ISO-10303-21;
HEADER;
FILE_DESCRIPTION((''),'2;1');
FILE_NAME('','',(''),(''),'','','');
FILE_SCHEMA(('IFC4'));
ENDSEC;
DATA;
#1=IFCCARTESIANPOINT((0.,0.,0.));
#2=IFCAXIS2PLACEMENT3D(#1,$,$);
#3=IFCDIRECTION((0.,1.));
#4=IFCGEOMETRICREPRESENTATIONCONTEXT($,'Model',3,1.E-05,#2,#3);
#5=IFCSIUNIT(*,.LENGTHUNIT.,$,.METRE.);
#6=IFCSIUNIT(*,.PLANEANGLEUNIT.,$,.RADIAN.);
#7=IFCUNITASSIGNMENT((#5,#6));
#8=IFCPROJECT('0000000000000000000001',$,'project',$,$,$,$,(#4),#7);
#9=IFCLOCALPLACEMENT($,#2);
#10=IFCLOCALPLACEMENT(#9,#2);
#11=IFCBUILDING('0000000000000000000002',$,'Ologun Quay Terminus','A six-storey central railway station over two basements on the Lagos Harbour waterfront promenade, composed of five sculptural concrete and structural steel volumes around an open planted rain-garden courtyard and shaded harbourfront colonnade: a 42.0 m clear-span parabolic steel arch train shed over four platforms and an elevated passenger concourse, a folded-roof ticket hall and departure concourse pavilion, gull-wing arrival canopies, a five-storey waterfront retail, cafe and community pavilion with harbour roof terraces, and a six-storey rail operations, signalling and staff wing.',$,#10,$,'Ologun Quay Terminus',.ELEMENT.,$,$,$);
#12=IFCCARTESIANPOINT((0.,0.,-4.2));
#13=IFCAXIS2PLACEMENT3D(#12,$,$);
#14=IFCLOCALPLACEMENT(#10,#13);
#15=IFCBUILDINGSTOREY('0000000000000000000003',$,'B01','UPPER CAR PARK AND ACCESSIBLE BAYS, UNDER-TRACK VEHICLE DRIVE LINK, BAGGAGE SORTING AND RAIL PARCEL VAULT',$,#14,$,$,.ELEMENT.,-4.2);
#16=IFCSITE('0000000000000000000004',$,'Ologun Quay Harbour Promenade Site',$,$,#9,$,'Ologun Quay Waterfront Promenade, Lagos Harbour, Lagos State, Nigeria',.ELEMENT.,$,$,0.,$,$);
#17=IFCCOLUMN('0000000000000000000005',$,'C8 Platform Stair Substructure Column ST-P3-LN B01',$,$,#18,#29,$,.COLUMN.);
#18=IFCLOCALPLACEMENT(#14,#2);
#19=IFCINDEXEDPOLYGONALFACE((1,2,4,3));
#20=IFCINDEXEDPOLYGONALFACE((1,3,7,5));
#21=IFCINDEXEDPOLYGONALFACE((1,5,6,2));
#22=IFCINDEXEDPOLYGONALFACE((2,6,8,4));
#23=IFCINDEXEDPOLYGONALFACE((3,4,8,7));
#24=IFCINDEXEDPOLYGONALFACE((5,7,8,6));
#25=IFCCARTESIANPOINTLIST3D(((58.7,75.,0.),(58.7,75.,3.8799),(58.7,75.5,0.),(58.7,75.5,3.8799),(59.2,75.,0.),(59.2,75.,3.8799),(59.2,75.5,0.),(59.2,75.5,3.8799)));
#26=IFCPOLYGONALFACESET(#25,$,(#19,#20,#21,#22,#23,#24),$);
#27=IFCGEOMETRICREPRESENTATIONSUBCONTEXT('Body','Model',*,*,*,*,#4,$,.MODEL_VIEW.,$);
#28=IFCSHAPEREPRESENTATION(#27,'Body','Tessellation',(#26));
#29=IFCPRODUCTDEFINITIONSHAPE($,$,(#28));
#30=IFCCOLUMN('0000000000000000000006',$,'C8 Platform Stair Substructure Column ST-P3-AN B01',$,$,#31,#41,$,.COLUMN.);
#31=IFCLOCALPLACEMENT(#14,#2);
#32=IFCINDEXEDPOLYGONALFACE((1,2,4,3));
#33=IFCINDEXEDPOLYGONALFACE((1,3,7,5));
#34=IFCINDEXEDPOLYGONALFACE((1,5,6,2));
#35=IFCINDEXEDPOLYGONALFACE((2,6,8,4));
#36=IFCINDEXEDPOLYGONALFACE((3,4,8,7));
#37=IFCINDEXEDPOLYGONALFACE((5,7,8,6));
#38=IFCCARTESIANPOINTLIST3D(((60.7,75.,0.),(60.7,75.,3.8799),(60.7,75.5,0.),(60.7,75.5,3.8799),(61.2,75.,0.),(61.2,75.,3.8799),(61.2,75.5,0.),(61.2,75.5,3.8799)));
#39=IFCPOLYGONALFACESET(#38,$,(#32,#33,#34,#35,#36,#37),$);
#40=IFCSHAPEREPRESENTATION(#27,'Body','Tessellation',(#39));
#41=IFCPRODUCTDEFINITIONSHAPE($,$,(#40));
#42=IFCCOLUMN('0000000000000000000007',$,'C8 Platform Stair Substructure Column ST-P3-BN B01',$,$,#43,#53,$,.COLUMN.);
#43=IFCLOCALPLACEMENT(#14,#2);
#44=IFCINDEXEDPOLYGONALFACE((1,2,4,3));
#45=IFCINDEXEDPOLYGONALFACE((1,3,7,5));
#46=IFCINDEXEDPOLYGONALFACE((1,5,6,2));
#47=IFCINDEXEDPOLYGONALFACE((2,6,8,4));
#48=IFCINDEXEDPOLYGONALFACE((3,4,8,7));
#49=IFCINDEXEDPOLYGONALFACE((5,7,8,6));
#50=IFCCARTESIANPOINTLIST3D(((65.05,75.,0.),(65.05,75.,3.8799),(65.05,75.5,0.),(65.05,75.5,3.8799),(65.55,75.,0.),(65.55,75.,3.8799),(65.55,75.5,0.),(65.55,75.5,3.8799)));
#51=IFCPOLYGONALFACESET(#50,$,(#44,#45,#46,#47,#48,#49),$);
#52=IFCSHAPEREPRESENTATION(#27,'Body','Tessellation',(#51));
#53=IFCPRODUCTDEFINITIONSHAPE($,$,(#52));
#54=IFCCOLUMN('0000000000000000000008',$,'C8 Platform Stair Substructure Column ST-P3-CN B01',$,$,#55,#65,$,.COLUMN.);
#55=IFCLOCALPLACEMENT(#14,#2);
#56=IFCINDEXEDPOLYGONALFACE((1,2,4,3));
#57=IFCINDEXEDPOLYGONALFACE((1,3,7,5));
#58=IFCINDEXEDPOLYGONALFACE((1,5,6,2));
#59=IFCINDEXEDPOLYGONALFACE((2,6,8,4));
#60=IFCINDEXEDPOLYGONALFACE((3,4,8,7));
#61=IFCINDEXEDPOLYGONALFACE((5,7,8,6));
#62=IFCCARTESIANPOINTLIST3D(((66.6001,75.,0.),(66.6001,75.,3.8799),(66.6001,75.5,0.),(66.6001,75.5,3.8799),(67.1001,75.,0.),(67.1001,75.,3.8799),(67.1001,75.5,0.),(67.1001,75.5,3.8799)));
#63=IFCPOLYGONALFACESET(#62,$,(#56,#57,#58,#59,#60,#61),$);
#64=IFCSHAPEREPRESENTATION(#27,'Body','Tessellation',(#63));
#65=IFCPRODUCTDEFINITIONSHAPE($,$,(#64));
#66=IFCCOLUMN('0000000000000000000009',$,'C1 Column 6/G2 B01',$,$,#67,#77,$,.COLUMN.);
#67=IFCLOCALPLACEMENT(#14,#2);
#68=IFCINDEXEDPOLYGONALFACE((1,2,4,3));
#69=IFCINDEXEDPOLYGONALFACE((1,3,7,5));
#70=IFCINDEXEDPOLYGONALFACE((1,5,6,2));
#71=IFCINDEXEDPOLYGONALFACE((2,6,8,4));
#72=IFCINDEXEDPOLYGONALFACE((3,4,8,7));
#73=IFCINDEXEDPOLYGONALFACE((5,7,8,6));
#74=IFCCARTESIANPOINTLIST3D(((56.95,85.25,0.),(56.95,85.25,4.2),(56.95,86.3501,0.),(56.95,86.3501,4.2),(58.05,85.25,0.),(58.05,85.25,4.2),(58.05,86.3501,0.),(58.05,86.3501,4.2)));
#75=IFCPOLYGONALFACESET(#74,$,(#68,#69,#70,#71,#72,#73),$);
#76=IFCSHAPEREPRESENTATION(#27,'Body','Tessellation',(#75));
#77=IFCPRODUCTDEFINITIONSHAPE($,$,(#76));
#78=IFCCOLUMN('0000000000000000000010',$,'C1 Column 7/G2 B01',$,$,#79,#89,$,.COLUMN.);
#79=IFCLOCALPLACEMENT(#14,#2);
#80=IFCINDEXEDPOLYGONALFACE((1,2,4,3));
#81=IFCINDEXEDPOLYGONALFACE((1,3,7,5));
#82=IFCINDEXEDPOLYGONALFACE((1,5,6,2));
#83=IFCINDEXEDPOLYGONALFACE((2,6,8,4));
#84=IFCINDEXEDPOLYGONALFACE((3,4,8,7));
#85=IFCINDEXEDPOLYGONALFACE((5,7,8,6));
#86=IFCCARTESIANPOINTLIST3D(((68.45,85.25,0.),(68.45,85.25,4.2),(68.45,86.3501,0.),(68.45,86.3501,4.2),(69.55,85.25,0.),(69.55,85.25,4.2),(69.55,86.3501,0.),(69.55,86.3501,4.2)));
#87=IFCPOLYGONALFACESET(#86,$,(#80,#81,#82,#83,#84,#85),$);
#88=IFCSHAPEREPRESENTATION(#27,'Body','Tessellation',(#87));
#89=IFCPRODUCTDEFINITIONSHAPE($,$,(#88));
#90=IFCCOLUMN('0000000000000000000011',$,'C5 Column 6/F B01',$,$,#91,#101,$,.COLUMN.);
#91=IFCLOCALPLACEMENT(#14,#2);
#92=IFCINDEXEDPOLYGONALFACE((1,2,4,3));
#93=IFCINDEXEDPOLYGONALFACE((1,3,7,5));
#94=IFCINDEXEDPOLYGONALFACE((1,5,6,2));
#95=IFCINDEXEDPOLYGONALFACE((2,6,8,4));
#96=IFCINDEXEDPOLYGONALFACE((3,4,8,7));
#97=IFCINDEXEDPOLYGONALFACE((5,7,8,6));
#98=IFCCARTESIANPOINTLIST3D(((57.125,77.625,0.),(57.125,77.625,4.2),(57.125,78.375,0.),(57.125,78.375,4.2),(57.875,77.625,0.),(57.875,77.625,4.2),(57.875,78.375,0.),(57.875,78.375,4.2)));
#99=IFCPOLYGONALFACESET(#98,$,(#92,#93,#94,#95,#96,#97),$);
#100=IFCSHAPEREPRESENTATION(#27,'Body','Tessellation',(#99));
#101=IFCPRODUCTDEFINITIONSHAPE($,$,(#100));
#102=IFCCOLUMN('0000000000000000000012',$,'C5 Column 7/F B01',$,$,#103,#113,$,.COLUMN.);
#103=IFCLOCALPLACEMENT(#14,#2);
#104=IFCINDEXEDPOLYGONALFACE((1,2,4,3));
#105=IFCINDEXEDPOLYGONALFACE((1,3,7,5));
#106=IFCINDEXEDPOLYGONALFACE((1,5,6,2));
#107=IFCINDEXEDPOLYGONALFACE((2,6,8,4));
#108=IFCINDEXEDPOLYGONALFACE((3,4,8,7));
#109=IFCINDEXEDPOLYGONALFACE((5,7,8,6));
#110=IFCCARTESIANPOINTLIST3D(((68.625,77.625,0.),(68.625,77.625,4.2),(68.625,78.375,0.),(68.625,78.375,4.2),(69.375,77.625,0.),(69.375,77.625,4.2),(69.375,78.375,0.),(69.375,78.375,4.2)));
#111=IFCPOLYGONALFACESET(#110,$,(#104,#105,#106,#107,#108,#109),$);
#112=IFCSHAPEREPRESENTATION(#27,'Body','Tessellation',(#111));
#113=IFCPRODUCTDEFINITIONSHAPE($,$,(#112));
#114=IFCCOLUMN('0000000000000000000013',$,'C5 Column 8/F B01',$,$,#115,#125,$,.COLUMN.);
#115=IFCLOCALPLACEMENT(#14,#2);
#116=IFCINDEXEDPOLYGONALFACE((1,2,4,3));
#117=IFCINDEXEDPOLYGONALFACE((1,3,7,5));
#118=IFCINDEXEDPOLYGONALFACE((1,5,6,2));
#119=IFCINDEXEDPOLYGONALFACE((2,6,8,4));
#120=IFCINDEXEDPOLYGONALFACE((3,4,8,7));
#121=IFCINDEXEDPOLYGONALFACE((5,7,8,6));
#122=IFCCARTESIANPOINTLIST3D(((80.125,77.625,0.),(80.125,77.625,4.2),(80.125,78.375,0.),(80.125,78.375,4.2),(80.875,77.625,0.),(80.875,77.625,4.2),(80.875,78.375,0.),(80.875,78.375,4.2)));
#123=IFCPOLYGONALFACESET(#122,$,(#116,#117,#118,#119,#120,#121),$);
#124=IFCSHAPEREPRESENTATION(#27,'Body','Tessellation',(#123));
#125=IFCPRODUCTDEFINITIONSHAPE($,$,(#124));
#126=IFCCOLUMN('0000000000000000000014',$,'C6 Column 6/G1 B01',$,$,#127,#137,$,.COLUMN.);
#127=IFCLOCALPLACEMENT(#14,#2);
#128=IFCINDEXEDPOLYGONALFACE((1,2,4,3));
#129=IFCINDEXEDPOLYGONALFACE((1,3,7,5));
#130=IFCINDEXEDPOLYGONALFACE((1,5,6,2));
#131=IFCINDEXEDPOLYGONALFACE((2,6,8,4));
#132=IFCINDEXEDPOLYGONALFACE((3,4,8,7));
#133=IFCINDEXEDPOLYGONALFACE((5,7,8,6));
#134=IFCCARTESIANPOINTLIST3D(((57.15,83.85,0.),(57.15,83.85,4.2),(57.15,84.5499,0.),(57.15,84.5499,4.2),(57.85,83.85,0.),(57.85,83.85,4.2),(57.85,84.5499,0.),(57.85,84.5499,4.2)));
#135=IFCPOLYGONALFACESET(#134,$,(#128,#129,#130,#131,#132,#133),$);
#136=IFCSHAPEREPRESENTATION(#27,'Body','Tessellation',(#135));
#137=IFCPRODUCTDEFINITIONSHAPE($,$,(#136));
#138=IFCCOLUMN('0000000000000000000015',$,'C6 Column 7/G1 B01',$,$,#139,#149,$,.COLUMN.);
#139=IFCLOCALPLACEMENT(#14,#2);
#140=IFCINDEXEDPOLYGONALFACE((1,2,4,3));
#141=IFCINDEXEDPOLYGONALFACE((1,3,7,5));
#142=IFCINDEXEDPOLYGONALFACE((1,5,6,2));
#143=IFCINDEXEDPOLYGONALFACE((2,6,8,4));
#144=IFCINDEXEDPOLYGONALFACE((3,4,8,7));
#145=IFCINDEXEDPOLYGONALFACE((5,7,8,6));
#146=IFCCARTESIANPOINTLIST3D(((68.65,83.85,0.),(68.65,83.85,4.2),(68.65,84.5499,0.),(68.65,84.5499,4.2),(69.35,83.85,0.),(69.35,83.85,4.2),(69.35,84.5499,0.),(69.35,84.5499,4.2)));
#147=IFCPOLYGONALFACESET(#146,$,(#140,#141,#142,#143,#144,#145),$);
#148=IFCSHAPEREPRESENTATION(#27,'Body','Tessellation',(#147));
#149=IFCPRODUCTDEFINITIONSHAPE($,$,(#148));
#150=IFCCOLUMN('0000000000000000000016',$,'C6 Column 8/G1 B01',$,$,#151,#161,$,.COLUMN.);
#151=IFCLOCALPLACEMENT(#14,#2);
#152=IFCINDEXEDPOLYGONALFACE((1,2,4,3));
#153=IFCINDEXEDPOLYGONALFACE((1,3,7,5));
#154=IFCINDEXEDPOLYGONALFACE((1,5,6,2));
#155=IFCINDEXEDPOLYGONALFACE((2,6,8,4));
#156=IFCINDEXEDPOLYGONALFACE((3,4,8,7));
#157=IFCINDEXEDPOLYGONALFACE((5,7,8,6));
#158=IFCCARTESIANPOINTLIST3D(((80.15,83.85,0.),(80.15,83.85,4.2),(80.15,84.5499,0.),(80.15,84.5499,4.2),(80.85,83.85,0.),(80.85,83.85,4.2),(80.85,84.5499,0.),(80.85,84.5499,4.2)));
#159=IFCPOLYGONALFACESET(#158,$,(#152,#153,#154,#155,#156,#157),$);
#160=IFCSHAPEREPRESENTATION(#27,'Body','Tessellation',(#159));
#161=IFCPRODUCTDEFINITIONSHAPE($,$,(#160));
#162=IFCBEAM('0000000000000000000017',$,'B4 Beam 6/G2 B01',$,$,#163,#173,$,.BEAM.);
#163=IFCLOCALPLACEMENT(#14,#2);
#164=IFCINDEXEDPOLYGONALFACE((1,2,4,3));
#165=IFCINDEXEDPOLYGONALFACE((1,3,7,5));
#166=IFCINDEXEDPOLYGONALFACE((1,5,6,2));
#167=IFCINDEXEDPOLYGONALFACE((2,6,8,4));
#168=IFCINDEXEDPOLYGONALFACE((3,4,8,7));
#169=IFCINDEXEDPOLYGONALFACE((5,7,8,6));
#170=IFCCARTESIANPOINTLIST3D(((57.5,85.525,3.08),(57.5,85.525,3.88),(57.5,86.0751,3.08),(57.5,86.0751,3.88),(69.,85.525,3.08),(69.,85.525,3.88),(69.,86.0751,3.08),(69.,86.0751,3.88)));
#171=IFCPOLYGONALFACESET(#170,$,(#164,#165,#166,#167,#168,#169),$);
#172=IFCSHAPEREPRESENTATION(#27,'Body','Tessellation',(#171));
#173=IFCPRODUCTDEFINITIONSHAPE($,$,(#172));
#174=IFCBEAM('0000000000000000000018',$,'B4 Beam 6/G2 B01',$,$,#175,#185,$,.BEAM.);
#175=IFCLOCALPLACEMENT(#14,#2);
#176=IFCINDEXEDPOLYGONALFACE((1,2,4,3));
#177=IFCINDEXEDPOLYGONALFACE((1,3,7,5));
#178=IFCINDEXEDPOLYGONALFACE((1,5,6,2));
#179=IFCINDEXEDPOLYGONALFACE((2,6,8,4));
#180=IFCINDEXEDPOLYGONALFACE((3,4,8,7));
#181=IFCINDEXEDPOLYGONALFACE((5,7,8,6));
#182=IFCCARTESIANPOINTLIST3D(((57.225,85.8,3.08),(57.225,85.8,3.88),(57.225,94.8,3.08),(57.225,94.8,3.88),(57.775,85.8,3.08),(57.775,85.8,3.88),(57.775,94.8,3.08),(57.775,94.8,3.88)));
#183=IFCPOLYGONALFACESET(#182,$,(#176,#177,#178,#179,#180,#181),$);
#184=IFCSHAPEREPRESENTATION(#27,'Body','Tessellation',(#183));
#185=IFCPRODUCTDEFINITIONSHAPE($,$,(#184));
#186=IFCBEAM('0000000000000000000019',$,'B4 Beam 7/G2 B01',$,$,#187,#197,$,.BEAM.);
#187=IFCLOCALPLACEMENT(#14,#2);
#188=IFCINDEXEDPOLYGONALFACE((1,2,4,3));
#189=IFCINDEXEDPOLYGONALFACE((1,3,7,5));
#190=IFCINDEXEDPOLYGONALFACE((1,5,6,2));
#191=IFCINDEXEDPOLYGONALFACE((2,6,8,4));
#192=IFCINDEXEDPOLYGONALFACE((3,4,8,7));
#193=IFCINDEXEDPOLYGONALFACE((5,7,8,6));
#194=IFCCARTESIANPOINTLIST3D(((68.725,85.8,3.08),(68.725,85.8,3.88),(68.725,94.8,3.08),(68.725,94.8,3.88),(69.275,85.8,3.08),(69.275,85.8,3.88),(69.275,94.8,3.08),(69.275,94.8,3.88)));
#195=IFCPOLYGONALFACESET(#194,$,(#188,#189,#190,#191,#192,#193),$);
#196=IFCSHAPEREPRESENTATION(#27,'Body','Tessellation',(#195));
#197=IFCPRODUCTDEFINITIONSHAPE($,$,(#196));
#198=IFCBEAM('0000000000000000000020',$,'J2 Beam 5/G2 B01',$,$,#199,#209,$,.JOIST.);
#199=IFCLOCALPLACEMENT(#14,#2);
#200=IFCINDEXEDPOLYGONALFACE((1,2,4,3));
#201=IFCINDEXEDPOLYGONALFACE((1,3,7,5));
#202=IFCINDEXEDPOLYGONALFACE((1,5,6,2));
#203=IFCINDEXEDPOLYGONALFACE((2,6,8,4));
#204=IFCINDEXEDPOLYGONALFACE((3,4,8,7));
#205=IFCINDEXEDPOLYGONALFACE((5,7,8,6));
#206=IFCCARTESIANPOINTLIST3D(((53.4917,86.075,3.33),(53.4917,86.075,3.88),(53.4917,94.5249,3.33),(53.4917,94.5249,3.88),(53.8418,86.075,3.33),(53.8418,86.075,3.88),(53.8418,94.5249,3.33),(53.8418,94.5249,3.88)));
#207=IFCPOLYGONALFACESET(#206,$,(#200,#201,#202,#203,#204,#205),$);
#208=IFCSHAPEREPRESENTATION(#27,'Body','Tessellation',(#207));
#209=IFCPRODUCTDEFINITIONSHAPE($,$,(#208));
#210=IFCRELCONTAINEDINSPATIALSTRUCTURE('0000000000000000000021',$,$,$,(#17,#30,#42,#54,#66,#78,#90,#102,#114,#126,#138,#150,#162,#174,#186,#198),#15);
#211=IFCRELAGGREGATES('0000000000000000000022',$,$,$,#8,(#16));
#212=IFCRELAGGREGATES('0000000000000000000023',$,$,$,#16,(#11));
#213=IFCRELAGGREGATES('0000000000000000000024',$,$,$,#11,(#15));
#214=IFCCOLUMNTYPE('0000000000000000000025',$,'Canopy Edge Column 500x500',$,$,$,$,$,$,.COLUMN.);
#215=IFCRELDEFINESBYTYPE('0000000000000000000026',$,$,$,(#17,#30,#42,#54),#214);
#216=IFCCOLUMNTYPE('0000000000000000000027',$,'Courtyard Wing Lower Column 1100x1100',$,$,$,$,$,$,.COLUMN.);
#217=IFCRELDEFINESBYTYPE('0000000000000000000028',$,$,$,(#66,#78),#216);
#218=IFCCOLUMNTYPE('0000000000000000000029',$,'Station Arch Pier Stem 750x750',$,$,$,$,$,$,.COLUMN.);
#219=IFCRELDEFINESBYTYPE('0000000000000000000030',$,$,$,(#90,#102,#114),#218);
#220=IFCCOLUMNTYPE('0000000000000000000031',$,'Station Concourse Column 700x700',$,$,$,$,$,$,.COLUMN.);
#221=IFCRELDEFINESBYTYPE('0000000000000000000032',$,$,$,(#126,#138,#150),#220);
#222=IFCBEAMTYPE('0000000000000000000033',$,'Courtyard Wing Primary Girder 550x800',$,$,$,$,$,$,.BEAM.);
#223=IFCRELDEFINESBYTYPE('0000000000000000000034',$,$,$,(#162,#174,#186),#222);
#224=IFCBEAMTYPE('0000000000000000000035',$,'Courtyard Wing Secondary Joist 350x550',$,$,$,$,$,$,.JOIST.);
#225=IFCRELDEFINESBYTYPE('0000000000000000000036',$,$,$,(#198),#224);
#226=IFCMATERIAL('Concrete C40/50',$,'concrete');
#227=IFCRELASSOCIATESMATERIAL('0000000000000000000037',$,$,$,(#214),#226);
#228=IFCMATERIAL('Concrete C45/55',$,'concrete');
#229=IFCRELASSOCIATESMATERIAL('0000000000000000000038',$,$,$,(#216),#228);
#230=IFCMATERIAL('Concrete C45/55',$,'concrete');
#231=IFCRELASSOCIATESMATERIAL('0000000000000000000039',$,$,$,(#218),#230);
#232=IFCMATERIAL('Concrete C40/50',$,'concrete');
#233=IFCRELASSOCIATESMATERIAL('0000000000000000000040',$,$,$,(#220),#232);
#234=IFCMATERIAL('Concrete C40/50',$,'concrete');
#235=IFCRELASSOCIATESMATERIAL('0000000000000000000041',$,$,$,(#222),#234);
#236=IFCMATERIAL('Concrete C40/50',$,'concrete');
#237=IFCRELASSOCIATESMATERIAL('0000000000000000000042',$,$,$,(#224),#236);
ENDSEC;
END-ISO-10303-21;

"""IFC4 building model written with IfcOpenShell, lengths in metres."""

from ifc_helpers import new_model, si_unit, direction, frame, origin, origin_2d, place, context, subcontext, project, spatial, rectangle, extrude, material, material_profile, profile_set, type_object, element, save


model = new_model("IFC4")

# Units and contexts
model_context = context("Model", 3, precision=1e-05, world=origin(), true_north=direction((0.0, 1.0)))
body_context = subcontext(model_context, "Body", "Model", "MODEL_VIEW")
ifc_project = project(units=[si_unit("LENGTHUNIT", "METRE"), si_unit("PLANEANGLEUNIT", "RADIAN")], contexts=[model_context])

# Site, building, storey
site_placement = place(None, origin())
site = spatial("IfcSite", under=ifc_project, at=site_placement, Name="Ologun Quay Harbour Promenade Site", LongName="Ologun Quay Waterfront Promenade, Lagos Harbour, Lagos State, Nigeria", CompositionType="ELEMENT", RefElevation=0.0)
building_placement = place(site_placement, origin())
building = spatial("IfcBuilding", under=site, at=building_placement, Name="Ologun Quay Terminus", Description="A six-storey central railway station over two basements on the Lagos Harbour waterfront promenade, composed of five sculptural concrete and structural steel volumes around an open planted rain-garden courtyard and shaded harbourfront colonnade: a 42.0 m clear-span parabolic steel arch train shed over four platforms and an elevated passenger concourse, a folded-roof ticket hall and departure concourse pavilion, gull-wing arrival canopies, a five-storey waterfront retail, cafe and community pavilion with harbour roof terraces, and a six-storey rail operations, signalling and staff wing.", LongName="Ologun Quay Terminus", CompositionType="ELEMENT")
storey_placement = place(building_placement, frame((0.0, 0.0, -4.2)))
storey = spatial("IfcBuildingStorey", under=building, at=storey_placement, Name="B01", Description="UPPER CAR PARK AND ACCESSIBLE BAYS, UNDER-TRACK VEHICLE DRIVE LINK, BAGGAGE SORTING AND RAIL PARCEL VAULT", CompositionType="ELEMENT", Elevation=-4.2)

# Columns
ifc_material_1 = material(Name="Concrete C40/50", Category="concrete")
ifc_material_profile_1 = material_profile(ifc_material_1, rectangle(XDim=0.5, YDim=0.5, at=origin_2d()), Name="RC 500x500")
ifc_profile_set_1 = profile_set([ifc_material_profile_1], Name="Concrete C40/50")
column_type_1 = type_object("IfcColumnType", Name="Canopy Edge Column 500x500", PredefinedType="COLUMN", material=ifc_profile_set_1)
for number, where, z_axis, x_axis, name in (
    (1, (58.95, 75.25, 0.0), (0.0, 0.0, 1.0), (1.0, 0.0, 0.0), "C8 Platform Stair Substructure Column ST-P3-LN B01"),
    (2, (60.95, 75.25, 0.0), (0.0, 0.0, 1.0), (1.0, 0.0, 0.0), "C8 Platform Stair Substructure Column ST-P3-AN B01"),
    (3, (65.3, 75.25, 0.0), (0.0, 0.0, 1.0), (1.0, 0.0, 0.0), "C8 Platform Stair Substructure Column ST-P3-BN B01"),
    (4, (66.8501, 75.25, 0.0), (0.0, 0.0, 1.0), (1.0, 0.0, 0.0), "C8 Platform Stair Substructure Column ST-P3-CN B01"),
):
    element("IfcColumn", number, at=place(storey_placement, frame(where, z_axis=z_axis, x_axis=x_axis)), inside=storey, type_object=column_type_1, Name=name, PredefinedType="COLUMN", context=body_context, shape_type="SweptSolid", body=[
        extrude(rectangle(XDim=0.5, YDim=0.5, at=origin_2d()), origin(), (0.0, 0.0, 1.0), 3.8799),
    ])
ifc_material_2 = material(Name="Concrete C45/55", Category="concrete")
ifc_material_profile_2 = material_profile(ifc_material_2, rectangle(XDim=1.1001, YDim=1.1001, at=origin_2d()), Name="RC 1100x1100")
ifc_profile_set_2 = profile_set([ifc_material_profile_2], Name="Concrete C45/55")
column_type_2 = type_object("IfcColumnType", Name="Courtyard Wing Lower Column 1100x1100", PredefinedType="COLUMN", material=ifc_profile_set_2)
for number, where, z_axis, x_axis, name in (
    (5, (57.5, 85.8, 0.0), (0.0, 0.0, 1.0), (1.0, 0.0, 0.0), "C1 Column 6/G2 B01"),
    (6, (69.0, 85.8, 0.0), (0.0, 0.0, 1.0), (1.0, 0.0, 0.0), "C1 Column 7/G2 B01"),
):
    element("IfcColumn", number, at=place(storey_placement, frame(where, z_axis=z_axis, x_axis=x_axis)), inside=storey, type_object=column_type_2, Name=name, PredefinedType="COLUMN", context=body_context, shape_type="SweptSolid", body=[
        extrude(rectangle(XDim=1.1001, YDim=1.1001, at=origin_2d()), origin(), (0.0, 0.0, 1.0), 4.2),
    ])
ifc_material_3 = material(Name="Concrete C45/55", Category="concrete")
ifc_material_profile_3 = material_profile(ifc_material_3, rectangle(XDim=0.75, YDim=0.75, at=origin_2d()), Name="RC 750x750")
ifc_profile_set_3 = profile_set([ifc_material_profile_3], Name="Concrete C45/55")
column_type_3 = type_object("IfcColumnType", Name="Station Arch Pier Stem 750x750", PredefinedType="COLUMN", material=ifc_profile_set_3)
for number, where, z_axis, x_axis, name in (
    (7, (57.5, 78.0, 0.0), (0.0, 0.0, 1.0), (1.0, 0.0, 0.0), "C5 Column 6/F B01"),
    (8, (69.0, 78.0, 0.0), (0.0, 0.0, 1.0), (1.0, 0.0, 0.0), "C5 Column 7/F B01"),
    (9, (80.5, 78.0, 0.0), (0.0, 0.0, 1.0), (1.0, 0.0, 0.0), "C5 Column 8/F B01"),
):
    element("IfcColumn", number, at=place(storey_placement, frame(where, z_axis=z_axis, x_axis=x_axis)), inside=storey, type_object=column_type_3, Name=name, PredefinedType="COLUMN", context=body_context, shape_type="SweptSolid", body=[
        extrude(rectangle(XDim=0.75, YDim=0.75, at=origin_2d()), origin(), (0.0, 0.0, 1.0), 4.2),
    ])
ifc_material_4 = material(Name="Concrete C40/50", Category="concrete")
ifc_material_profile_4 = material_profile(ifc_material_4, rectangle(XDim=0.7, YDim=0.7, at=origin_2d()), Name="RC 700x700")
ifc_profile_set_4 = profile_set([ifc_material_profile_4], Name="Concrete C40/50")
column_type_4 = type_object("IfcColumnType", Name="Station Concourse Column 700x700", PredefinedType="COLUMN", material=ifc_profile_set_4)
for number, where, z_axis, x_axis, name in (
    (10, (57.5, 84.2, 0.0), (0.0, 0.0, 1.0), (1.0, 0.0, 0.0), "C6 Column 6/G1 B01"),
    (11, (69.0, 84.2, 0.0), (0.0, 0.0, 1.0), (1.0, 0.0, 0.0), "C6 Column 7/G1 B01"),
    (12, (80.5, 84.2, 0.0), (0.0, 0.0, 1.0), (1.0, 0.0, 0.0), "C6 Column 8/G1 B01"),
):
    element("IfcColumn", number, at=place(storey_placement, frame(where, z_axis=z_axis, x_axis=x_axis)), inside=storey, type_object=column_type_4, Name=name, PredefinedType="COLUMN", context=body_context, shape_type="SweptSolid", body=[
        extrude(rectangle(XDim=0.7, YDim=0.7, at=origin_2d()), origin(), (0.0, 0.0, 1.0), 4.2),
    ])

# Beams
ifc_material_5 = material(Name="Concrete C40/50", Category="concrete")
ifc_material_profile_5 = material_profile(ifc_material_5, rectangle(XDim=0.55, YDim=0.8, at=origin_2d()), Name="RC 550x800")
ifc_profile_set_5 = profile_set([ifc_material_profile_5], Name="Concrete C40/50")
beam_type_1 = type_object("IfcBeamType", Name="Courtyard Wing Primary Girder 550x800", PredefinedType="BEAM", material=ifc_profile_set_5)
beam_1_placement = place(storey_placement, frame((57.5, 85.8, 3.48), z_axis=(1.0, 0.0, 0.0), x_axis=(0.0, 1.0, 0.0)))
element("IfcBeam", 13, at=beam_1_placement, inside=storey, type_object=beam_type_1, Name="B4 Beam 6/G2 B01", PredefinedType="BEAM", context=body_context, shape_type="SweptSolid", body=[
    extrude(rectangle(XDim=0.55, YDim=0.8, at=origin_2d()), origin(), (0.0, 0.0, 1.0), 11.5),
])
for number, where, z_axis, x_axis, name in (
    (14, (57.5, 85.8, 3.48), (0.0, 1.0, 0.0), (-1.0, 0.0, 0.0), "B4 Beam 6/G2 B01"),
    (15, (69.0, 85.8, 3.48), (0.0, 1.0, 0.0), (-1.0, 0.0, 0.0), "B4 Beam 7/G2 B01"),
):
    element("IfcBeam", number, at=place(storey_placement, frame(where, z_axis=z_axis, x_axis=x_axis)), inside=storey, type_object=beam_type_1, Name=name, PredefinedType="BEAM", context=body_context, shape_type="SweptSolid", body=[
        extrude(rectangle(XDim=0.55, YDim=0.8, at=origin_2d()), origin(), (0.0, 0.0, 1.0), 9.0),
    ])
ifc_material_6 = material(Name="Concrete C40/50", Category="concrete")
ifc_material_profile_6 = material_profile(ifc_material_6, rectangle(XDim=0.3501, YDim=0.55, at=origin_2d()), Name="RC 350x550")
ifc_profile_set_6 = profile_set([ifc_material_profile_6], Name="Concrete C40/50")
beam_type_2 = type_object("IfcBeamType", Name="Courtyard Wing Secondary Joist 350x550", PredefinedType="JOIST", material=ifc_profile_set_6)
for number, where, z_axis, x_axis, name in (
    (16, (53.6667, 86.075, 3.605), (0.0, 1.0, 0.0), (-1.0, 0.0, 0.0), "J2 Beam 5/G2 B01"),
):
    element("IfcBeam", number, at=place(storey_placement, frame(where, z_axis=z_axis, x_axis=x_axis)), inside=storey, type_object=beam_type_2, Name=name, PredefinedType="JOIST", context=body_context, shape_type="SweptSolid", body=[
        extrude(rectangle(XDim=0.3501, YDim=0.55, at=origin_2d()), origin(), (0.0, 0.0, 1.0), 8.45),
    ])

save(model, "model.ifc")
